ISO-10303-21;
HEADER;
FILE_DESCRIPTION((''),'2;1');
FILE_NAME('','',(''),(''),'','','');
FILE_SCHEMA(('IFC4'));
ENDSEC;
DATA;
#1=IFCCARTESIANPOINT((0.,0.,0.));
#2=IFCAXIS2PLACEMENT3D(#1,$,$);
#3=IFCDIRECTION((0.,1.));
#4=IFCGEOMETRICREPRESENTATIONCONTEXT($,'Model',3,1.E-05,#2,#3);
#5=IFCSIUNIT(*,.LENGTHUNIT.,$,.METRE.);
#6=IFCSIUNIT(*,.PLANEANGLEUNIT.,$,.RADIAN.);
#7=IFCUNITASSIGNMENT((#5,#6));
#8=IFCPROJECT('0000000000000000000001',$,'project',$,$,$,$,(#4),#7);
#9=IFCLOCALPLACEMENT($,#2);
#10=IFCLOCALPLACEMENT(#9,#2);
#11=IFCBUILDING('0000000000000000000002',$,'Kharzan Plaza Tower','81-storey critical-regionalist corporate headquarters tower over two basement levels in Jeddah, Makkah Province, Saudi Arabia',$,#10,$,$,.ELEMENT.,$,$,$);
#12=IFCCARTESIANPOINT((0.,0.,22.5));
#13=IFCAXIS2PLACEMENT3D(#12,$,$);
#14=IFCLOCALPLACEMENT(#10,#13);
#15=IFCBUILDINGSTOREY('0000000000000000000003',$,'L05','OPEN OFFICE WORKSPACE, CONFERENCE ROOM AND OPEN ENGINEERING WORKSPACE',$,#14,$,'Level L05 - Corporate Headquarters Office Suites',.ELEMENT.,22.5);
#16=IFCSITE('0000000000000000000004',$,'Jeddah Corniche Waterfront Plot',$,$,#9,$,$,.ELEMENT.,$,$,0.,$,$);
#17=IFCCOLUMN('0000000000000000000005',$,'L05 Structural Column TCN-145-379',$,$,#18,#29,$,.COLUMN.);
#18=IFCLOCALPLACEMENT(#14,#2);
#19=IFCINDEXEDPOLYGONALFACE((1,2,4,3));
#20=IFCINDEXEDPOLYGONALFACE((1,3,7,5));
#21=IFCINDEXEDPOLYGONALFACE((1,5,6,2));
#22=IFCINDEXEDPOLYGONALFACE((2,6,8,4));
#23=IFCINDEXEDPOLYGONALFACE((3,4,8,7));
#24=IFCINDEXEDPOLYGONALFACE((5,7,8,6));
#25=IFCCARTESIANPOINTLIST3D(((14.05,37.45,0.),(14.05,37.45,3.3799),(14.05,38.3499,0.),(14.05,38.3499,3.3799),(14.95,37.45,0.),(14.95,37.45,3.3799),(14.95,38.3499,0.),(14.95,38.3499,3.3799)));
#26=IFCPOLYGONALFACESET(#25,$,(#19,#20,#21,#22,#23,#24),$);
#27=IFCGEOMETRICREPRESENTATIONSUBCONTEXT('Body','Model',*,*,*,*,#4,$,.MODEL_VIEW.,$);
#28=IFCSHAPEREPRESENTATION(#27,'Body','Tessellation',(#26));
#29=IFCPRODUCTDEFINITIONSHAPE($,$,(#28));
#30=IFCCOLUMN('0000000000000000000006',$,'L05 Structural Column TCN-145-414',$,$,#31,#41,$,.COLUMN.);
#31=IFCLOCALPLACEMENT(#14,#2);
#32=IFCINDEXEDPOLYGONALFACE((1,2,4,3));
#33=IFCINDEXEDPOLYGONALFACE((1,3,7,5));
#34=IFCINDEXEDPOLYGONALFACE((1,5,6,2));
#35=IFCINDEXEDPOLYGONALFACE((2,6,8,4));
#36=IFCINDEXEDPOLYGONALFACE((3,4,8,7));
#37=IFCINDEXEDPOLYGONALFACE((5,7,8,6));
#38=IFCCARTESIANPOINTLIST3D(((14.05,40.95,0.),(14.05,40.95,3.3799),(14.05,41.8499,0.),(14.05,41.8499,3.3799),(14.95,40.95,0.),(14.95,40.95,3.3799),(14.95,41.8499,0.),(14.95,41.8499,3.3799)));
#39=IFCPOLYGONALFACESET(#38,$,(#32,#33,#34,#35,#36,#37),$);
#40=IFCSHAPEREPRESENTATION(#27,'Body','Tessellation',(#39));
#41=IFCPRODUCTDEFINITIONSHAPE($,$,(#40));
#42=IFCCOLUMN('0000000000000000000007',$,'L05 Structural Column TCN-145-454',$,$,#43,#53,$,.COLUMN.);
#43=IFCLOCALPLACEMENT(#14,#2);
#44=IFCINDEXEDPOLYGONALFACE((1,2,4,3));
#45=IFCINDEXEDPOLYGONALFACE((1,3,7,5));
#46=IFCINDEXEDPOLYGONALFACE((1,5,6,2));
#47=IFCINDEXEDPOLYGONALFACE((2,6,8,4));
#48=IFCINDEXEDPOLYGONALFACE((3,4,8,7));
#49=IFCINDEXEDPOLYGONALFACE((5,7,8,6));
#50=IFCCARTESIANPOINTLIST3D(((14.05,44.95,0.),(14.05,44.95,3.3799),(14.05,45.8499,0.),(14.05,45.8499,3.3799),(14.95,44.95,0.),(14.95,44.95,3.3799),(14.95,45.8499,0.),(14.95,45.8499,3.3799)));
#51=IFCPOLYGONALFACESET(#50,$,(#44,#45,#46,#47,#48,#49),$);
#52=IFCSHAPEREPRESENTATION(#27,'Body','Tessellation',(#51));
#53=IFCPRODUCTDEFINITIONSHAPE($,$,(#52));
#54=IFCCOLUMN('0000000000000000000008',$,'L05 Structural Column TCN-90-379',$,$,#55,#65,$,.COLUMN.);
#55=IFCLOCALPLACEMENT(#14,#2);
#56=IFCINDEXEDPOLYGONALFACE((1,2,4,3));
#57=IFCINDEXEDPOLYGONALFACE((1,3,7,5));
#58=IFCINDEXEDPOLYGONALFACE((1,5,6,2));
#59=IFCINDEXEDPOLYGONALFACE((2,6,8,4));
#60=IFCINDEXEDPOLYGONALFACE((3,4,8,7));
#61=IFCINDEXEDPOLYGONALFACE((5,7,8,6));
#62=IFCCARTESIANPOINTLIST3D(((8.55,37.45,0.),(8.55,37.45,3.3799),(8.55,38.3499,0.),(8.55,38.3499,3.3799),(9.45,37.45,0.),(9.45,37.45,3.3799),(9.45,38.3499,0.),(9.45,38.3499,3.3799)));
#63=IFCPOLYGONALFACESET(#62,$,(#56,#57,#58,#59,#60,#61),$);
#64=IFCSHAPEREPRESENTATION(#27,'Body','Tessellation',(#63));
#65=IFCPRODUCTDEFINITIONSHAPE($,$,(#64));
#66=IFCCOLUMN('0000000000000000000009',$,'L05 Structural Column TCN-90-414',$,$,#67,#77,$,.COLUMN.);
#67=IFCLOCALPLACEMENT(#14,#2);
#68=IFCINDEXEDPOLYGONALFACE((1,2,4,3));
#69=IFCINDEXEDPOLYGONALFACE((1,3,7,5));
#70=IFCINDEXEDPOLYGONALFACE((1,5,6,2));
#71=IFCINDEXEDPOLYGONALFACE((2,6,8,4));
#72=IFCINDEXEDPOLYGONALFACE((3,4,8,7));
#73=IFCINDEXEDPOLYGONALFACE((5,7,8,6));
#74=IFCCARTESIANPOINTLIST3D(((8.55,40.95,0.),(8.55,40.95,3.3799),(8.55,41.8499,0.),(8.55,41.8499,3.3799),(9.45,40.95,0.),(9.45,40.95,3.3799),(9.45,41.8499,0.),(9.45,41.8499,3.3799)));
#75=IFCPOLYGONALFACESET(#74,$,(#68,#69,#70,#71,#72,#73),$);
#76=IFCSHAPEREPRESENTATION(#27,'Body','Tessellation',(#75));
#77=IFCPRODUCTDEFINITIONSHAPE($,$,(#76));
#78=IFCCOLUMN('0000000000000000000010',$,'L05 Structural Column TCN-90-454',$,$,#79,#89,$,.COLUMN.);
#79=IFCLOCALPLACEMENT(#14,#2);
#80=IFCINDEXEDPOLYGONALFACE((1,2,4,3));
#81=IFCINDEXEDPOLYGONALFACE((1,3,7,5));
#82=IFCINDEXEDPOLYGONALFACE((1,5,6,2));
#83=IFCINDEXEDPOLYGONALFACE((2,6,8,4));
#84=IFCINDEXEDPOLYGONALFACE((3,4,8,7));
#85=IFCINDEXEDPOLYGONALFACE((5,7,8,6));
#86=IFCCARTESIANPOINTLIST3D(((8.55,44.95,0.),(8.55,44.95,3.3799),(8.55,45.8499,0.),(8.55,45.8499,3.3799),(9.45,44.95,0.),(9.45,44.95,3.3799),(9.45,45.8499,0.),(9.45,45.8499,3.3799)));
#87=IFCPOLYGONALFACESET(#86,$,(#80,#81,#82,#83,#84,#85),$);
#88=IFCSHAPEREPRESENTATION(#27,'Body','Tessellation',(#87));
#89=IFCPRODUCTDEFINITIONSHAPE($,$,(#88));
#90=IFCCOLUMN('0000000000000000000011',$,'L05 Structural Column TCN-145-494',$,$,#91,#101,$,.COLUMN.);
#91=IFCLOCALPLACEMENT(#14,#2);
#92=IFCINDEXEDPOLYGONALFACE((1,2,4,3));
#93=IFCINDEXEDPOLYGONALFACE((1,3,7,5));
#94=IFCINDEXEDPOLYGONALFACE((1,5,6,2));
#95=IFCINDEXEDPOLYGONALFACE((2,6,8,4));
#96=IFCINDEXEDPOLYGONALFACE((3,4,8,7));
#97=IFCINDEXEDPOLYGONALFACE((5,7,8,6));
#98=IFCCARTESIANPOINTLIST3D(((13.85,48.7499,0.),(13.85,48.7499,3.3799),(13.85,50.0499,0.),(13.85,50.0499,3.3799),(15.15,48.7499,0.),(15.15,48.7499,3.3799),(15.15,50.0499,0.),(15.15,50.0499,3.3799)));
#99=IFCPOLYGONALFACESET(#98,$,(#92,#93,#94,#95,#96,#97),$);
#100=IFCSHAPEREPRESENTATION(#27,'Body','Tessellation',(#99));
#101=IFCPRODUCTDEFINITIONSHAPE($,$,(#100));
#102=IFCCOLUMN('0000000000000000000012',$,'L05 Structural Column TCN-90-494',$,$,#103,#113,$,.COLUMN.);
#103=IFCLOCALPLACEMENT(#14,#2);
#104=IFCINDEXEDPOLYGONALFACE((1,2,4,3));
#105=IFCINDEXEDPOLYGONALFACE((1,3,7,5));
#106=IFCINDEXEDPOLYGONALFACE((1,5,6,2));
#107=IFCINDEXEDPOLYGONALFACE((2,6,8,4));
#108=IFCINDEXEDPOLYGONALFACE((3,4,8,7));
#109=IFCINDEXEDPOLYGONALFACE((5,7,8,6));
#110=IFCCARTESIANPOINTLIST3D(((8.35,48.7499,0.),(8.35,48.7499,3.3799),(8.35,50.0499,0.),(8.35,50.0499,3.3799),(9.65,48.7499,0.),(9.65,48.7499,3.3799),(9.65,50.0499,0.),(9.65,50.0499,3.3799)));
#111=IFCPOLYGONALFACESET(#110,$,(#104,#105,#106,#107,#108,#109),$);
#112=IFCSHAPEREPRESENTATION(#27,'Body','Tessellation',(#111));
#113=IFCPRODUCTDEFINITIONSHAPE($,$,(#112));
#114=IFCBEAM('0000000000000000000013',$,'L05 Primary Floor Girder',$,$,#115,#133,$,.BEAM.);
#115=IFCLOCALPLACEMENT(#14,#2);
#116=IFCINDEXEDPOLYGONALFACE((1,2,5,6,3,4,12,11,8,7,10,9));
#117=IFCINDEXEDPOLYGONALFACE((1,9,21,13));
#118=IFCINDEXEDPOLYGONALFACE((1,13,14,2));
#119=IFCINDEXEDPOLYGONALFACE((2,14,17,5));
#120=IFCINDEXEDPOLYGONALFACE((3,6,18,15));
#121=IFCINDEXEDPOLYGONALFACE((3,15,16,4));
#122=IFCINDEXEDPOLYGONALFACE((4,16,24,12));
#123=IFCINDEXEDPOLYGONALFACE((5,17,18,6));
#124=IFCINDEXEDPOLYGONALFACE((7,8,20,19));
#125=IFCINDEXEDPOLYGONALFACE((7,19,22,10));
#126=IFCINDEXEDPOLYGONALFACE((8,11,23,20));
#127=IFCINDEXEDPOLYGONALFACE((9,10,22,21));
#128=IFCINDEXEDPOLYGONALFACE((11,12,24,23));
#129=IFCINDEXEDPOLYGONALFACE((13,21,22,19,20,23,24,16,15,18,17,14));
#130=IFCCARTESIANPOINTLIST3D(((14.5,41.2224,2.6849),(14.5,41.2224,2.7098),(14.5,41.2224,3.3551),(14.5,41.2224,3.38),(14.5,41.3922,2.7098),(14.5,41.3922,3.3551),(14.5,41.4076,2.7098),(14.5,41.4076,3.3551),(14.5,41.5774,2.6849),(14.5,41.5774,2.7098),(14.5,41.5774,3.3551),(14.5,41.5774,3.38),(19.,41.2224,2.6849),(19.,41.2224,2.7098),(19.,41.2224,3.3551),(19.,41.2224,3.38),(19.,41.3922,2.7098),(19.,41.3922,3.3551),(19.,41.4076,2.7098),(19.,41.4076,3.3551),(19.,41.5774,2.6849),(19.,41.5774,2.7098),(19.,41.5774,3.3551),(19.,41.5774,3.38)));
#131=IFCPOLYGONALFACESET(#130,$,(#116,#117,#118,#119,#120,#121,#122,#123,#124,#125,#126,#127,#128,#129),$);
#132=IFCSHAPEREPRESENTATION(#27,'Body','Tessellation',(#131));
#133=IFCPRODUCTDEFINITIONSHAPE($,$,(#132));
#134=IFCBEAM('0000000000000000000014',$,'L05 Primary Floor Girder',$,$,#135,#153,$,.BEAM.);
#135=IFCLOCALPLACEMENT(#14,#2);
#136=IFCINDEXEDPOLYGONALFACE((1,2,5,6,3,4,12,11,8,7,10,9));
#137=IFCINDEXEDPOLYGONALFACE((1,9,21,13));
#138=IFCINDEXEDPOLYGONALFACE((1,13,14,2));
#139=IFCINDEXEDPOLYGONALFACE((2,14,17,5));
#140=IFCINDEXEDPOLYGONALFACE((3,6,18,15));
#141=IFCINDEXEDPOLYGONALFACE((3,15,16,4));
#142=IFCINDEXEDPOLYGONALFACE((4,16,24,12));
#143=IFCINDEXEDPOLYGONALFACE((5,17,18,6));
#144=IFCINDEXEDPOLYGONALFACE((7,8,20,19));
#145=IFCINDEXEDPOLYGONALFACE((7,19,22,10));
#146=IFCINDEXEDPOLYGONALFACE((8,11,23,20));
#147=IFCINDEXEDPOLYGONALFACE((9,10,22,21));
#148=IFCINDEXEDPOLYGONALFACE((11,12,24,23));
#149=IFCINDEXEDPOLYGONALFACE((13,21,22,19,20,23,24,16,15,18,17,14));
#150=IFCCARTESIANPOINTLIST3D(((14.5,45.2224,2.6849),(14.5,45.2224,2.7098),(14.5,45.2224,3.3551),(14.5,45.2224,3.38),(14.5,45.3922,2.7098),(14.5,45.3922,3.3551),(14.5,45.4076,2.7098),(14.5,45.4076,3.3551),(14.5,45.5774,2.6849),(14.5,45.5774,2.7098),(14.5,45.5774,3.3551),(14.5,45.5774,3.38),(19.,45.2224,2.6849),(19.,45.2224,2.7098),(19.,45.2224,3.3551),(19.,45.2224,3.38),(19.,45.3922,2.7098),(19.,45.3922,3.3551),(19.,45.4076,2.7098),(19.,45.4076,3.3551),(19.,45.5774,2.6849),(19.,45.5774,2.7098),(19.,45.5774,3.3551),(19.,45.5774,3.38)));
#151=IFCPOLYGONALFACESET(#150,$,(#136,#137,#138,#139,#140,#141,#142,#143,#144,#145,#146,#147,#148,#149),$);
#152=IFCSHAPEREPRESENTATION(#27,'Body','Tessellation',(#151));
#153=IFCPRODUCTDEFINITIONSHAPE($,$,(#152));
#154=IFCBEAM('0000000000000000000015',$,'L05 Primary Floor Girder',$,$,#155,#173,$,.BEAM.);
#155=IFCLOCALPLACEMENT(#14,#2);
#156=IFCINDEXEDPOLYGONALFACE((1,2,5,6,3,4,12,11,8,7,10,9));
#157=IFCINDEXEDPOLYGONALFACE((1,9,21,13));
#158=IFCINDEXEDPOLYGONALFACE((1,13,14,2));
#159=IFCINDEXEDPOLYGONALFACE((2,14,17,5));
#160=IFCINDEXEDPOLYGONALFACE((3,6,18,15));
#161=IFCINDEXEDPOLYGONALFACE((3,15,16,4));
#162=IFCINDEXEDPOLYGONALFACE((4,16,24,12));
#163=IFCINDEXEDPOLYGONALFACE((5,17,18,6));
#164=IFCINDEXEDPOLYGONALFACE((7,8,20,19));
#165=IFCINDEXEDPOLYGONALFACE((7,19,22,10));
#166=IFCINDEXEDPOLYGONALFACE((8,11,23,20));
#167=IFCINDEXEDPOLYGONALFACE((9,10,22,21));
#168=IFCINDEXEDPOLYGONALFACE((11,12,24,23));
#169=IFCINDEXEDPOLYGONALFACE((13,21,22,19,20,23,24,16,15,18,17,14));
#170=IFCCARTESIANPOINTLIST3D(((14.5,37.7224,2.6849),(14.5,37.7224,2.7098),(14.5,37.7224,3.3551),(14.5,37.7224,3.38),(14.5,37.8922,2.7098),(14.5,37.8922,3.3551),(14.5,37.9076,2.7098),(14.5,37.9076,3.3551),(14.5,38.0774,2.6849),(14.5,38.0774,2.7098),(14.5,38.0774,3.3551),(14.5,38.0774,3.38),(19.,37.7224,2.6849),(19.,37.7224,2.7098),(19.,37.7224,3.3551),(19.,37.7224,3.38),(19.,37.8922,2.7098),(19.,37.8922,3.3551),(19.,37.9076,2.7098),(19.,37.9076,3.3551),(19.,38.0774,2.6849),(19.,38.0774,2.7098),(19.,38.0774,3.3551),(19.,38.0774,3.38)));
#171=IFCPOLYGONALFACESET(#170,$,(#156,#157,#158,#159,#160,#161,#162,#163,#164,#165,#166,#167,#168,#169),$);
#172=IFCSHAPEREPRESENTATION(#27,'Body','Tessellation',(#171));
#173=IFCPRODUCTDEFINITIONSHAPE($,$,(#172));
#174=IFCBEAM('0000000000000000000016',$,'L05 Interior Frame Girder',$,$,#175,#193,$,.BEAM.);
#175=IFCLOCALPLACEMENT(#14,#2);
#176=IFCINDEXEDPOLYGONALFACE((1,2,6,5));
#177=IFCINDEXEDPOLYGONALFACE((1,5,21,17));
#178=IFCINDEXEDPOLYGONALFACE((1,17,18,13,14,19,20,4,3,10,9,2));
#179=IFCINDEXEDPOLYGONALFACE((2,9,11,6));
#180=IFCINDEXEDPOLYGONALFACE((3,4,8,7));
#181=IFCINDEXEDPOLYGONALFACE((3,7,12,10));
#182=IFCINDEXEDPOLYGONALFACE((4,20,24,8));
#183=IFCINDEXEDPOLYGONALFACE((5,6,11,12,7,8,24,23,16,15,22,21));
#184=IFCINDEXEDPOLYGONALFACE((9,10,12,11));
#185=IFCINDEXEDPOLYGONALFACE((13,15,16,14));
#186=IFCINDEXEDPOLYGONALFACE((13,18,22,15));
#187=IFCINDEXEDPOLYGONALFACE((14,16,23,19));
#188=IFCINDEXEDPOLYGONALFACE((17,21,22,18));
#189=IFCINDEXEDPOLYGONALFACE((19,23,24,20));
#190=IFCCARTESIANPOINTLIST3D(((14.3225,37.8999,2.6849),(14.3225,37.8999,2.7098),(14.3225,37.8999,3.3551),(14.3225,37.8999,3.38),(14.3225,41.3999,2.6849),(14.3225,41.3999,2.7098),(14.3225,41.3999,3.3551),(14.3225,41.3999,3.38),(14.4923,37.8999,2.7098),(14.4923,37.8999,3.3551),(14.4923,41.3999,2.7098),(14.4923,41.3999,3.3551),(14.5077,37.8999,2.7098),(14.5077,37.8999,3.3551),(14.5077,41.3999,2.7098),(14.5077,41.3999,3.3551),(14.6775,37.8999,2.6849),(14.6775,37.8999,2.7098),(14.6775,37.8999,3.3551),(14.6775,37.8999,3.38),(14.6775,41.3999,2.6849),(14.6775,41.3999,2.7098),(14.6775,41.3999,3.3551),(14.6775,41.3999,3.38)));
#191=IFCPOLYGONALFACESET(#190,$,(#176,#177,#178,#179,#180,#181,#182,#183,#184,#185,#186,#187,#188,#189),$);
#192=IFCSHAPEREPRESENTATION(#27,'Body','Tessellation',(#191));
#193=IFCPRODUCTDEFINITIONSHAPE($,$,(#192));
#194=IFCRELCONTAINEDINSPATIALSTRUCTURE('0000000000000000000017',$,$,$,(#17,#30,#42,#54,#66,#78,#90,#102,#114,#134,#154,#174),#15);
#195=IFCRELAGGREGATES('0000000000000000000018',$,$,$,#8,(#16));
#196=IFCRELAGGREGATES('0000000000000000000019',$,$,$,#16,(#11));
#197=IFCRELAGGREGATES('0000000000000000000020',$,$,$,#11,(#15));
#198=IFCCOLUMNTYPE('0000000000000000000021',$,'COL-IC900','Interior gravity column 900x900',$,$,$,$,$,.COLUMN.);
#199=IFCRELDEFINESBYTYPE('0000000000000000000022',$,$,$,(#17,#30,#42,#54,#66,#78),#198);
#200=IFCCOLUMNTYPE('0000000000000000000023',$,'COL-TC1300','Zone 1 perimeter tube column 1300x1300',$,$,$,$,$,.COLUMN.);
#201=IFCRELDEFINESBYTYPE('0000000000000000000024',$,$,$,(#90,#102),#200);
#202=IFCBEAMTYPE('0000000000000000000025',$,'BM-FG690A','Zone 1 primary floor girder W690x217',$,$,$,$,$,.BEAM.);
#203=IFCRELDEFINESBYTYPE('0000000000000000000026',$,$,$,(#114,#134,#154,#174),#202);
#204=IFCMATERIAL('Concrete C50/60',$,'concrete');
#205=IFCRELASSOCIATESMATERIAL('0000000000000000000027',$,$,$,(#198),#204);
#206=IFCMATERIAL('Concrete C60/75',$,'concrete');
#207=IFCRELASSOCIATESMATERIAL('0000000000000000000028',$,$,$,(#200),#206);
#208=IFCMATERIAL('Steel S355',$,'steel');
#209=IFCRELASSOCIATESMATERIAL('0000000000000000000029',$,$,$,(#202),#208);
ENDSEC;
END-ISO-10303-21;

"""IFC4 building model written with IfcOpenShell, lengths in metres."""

from ifc_helpers import new_model, si_unit, direction, frame, origin, origin_2d, place, context, subcontext, project, spatial, rectangle, i_section, extrude, source, transform, mapped, material, material_profile, profile_set, type_object, element, save


model = new_model("IFC4")

# Units and contexts
model_context = context("Model", 3, precision=1e-05, world=origin(), true_north=direction((0.0, 1.0)))
body_context = subcontext(model_context, "Body", "Model", "MODEL_VIEW")
ifc_project = project(units=[si_unit("LENGTHUNIT", "METRE"), si_unit("PLANEANGLEUNIT", "RADIAN")], contexts=[model_context])

# Site, building, storey
site_placement = place(None, origin())
site = spatial("IfcSite", under=ifc_project, at=site_placement, Name="Jeddah Corniche Waterfront Plot", CompositionType="ELEMENT", RefElevation=0.0)
building_placement = place(site_placement, origin())
building = spatial("IfcBuilding", under=site, at=building_placement, Name="Kharzan Plaza Tower", Description="81-storey critical-regionalist corporate headquarters tower over two basement levels in Jeddah, Makkah Province, Saudi Arabia", CompositionType="ELEMENT")
storey_placement = place(building_placement, frame((0.0, 0.0, 22.5)))
storey = spatial("IfcBuildingStorey", under=building, at=storey_placement, Name="L05", Description="OPEN OFFICE WORKSPACE, CONFERENCE ROOM AND OPEN ENGINEERING WORKSPACE", LongName="Level L05 - Corporate Headquarters Office Suites", CompositionType="ELEMENT", Elevation=22.5)

# Columns
ifc_material_1 = material(Name="Concrete C50/60", Category="concrete")
ifc_material_profile_1 = material_profile(ifc_material_1, rectangle(XDim=0.8999, YDim=0.8999, at=origin_2d()), Name="RC-IC900x900")
ifc_profile_set_1 = profile_set([ifc_material_profile_1], Name="Concrete C50/60")
column_type_1 = type_object("IfcColumnType", Name="COL-IC900", Description="Interior gravity column 900x900", PredefinedType="COLUMN", material=ifc_profile_set_1)
shared_shape_1 = source(origin(), body_context, "Body", "SweptSolid", [
    extrude(rectangle(XDim=0.8999, YDim=0.8999, at=origin_2d()), origin(), (0.0, 0.0, 1.0), 3.3799),
])
for number, where, z_axis, x_axis, name in (
    (1, (14.5, 37.8999, 0.0), (0.0, 0.0, 1.0), (1.0, 0.0, 0.0), "L05 Structural Column TCN-145-379"),
    (2, (14.5, 41.3999, 0.0), (0.0, 0.0, 1.0), (1.0, 0.0, 0.0), "L05 Structural Column TCN-145-414"),
    (3, (14.5, 45.3999, 0.0), (0.0, 0.0, 1.0), (1.0, 0.0, 0.0), "L05 Structural Column TCN-145-454"),
    (4, (9.0, 37.8999, 0.0), (0.0, 0.0, 1.0), (1.0, 0.0, 0.0), "L05 Structural Column TCN-90-379"),
    (5, (9.0, 41.3999, 0.0), (0.0, 0.0, 1.0), (1.0, 0.0, 0.0), "L05 Structural Column TCN-90-414"),
    (6, (9.0, 45.3999, 0.0), (0.0, 0.0, 1.0), (1.0, 0.0, 0.0), "L05 Structural Column TCN-90-454"),
):
    element("IfcColumn", number, at=place(storey_placement, frame(where, z_axis=z_axis, x_axis=x_axis)), inside=storey, type_object=column_type_1, Name=name, PredefinedType="COLUMN", context=body_context, shape_type="MappedRepresentation", body=[
        mapped(shared_shape_1, transform((0.0, 0.0, 0.0), x_axis=(1.0, 0.0, 0.0), y_axis=(0.0, 1.0, 0.0), z_axis=(0.0, 0.0, 1.0))),
    ])
ifc_material_2 = material(Name="Concrete C60/75", Category="concrete")
ifc_material_profile_2 = material_profile(ifc_material_2, rectangle(XDim=1.3, YDim=1.3, at=origin_2d()), Name="RC-TC1300x1300")
ifc_profile_set_2 = profile_set([ifc_material_profile_2], Name="Concrete C60/75")
column_type_2 = type_object("IfcColumnType", Name="COL-TC1300", Description="Zone 1 perimeter tube column 1300x1300", PredefinedType="COLUMN", material=ifc_profile_set_2)
shared_shape_2 = source(origin(), body_context, "Body", "SweptSolid", [
    extrude(rectangle(XDim=1.3, YDim=1.3, at=origin_2d()), origin(), (0.0, 0.0, 1.0), 3.3799),
])
for number, where, z_axis, x_axis, name in (
    (7, (14.5, 49.3999, 0.0), (0.0, 0.0, 1.0), (1.0, 0.0, 0.0), "L05 Structural Column TCN-145-494"),
    (8, (9.0, 49.3999, 0.0), (0.0, 0.0, 1.0), (1.0, 0.0, 0.0), "L05 Structural Column TCN-90-494"),
):
    element("IfcColumn", number, at=place(storey_placement, frame(where, z_axis=z_axis, x_axis=x_axis)), inside=storey, type_object=column_type_2, Name=name, PredefinedType="COLUMN", context=body_context, shape_type="MappedRepresentation", body=[
        mapped(shared_shape_2, transform((0.0, 0.0, 0.0), x_axis=(1.0, 0.0, 0.0), y_axis=(0.0, 1.0, 0.0), z_axis=(0.0, 0.0, 1.0))),
    ])

# Beams
ifc_material_3 = material(Name="Steel S355", Category="steel")
ifc_material_profile_3 = material_profile(ifc_material_3, i_section(OverallWidth=0.355, OverallDepth=0.6951, WebThickness=0.0154, FlangeThickness=0.0249, at=origin_2d()), Name="W690x217")
ifc_profile_set_3 = profile_set([ifc_material_profile_3], Name="Steel S355")
beam_type_1 = type_object("IfcBeamType", Name="BM-FG690A", Description="Zone 1 primary floor girder W690x217", PredefinedType="BEAM", material=ifc_profile_set_3)
shared_shape_3 = source(origin(), body_context, "Body", "SweptSolid", [
    extrude(i_section(OverallWidth=0.355, OverallDepth=0.6951, WebThickness=0.0154, FlangeThickness=0.0249, at=origin_2d()), origin(), (0.0, 0.0, 1.0), 4.5),
])
for number, where, z_axis, x_axis, name in (
    (9, (14.5, 41.3999, 3.0325), (1.0, 0.0, 0.0), (0.0, 1.0, 0.0), "L05 Primary Floor Girder"),
    (10, (14.5, 45.3999, 3.0325), (1.0, 0.0, 0.0), (0.0, 1.0, 0.0), "L05 Primary Floor Girder"),
    (11, (14.5, 37.8999, 3.0325), (1.0, 0.0, 0.0), (0.0, 1.0, 0.0), "L05 Primary Floor Girder"),
):
    element("IfcBeam", number, at=place(storey_placement, frame(where, z_axis=z_axis, x_axis=x_axis)), inside=storey, type_object=beam_type_1, Name=name, PredefinedType="BEAM", context=body_context, shape_type="MappedRepresentation", body=[
        mapped(shared_shape_3, transform((0.0, 0.0, 0.0), x_axis=(1.0, 0.0, 0.0), y_axis=(0.0, 1.0, 0.0), z_axis=(0.0, 0.0, 1.0))),
    ])
shared_shape_4 = source(origin(), body_context, "Body", "SweptSolid", [
    extrude(i_section(OverallWidth=0.355, OverallDepth=0.6951, WebThickness=0.0154, FlangeThickness=0.0249, at=origin_2d()), origin(), (0.0, 0.0, 1.0), 3.5),
])
beam_1_placement = place(storey_placement, frame((14.5, 37.8999, 3.0325), z_axis=(0.0, 1.0, 0.0), x_axis=(-1.0, 0.0, 0.0)))
element("IfcBeam", 12, at=beam_1_placement, inside=storey, type_object=beam_type_1, Name="L05 Interior Frame Girder", PredefinedType="BEAM", context=body_context, shape_type="MappedRepresentation", body=[
    mapped(shared_shape_4, transform((0.0, 0.0, 0.0), x_axis=(1.0, 0.0, 0.0), y_axis=(0.0, 1.0, 0.0), z_axis=(0.0, 0.0, 1.0))),
])

save(model, "model.ifc")
